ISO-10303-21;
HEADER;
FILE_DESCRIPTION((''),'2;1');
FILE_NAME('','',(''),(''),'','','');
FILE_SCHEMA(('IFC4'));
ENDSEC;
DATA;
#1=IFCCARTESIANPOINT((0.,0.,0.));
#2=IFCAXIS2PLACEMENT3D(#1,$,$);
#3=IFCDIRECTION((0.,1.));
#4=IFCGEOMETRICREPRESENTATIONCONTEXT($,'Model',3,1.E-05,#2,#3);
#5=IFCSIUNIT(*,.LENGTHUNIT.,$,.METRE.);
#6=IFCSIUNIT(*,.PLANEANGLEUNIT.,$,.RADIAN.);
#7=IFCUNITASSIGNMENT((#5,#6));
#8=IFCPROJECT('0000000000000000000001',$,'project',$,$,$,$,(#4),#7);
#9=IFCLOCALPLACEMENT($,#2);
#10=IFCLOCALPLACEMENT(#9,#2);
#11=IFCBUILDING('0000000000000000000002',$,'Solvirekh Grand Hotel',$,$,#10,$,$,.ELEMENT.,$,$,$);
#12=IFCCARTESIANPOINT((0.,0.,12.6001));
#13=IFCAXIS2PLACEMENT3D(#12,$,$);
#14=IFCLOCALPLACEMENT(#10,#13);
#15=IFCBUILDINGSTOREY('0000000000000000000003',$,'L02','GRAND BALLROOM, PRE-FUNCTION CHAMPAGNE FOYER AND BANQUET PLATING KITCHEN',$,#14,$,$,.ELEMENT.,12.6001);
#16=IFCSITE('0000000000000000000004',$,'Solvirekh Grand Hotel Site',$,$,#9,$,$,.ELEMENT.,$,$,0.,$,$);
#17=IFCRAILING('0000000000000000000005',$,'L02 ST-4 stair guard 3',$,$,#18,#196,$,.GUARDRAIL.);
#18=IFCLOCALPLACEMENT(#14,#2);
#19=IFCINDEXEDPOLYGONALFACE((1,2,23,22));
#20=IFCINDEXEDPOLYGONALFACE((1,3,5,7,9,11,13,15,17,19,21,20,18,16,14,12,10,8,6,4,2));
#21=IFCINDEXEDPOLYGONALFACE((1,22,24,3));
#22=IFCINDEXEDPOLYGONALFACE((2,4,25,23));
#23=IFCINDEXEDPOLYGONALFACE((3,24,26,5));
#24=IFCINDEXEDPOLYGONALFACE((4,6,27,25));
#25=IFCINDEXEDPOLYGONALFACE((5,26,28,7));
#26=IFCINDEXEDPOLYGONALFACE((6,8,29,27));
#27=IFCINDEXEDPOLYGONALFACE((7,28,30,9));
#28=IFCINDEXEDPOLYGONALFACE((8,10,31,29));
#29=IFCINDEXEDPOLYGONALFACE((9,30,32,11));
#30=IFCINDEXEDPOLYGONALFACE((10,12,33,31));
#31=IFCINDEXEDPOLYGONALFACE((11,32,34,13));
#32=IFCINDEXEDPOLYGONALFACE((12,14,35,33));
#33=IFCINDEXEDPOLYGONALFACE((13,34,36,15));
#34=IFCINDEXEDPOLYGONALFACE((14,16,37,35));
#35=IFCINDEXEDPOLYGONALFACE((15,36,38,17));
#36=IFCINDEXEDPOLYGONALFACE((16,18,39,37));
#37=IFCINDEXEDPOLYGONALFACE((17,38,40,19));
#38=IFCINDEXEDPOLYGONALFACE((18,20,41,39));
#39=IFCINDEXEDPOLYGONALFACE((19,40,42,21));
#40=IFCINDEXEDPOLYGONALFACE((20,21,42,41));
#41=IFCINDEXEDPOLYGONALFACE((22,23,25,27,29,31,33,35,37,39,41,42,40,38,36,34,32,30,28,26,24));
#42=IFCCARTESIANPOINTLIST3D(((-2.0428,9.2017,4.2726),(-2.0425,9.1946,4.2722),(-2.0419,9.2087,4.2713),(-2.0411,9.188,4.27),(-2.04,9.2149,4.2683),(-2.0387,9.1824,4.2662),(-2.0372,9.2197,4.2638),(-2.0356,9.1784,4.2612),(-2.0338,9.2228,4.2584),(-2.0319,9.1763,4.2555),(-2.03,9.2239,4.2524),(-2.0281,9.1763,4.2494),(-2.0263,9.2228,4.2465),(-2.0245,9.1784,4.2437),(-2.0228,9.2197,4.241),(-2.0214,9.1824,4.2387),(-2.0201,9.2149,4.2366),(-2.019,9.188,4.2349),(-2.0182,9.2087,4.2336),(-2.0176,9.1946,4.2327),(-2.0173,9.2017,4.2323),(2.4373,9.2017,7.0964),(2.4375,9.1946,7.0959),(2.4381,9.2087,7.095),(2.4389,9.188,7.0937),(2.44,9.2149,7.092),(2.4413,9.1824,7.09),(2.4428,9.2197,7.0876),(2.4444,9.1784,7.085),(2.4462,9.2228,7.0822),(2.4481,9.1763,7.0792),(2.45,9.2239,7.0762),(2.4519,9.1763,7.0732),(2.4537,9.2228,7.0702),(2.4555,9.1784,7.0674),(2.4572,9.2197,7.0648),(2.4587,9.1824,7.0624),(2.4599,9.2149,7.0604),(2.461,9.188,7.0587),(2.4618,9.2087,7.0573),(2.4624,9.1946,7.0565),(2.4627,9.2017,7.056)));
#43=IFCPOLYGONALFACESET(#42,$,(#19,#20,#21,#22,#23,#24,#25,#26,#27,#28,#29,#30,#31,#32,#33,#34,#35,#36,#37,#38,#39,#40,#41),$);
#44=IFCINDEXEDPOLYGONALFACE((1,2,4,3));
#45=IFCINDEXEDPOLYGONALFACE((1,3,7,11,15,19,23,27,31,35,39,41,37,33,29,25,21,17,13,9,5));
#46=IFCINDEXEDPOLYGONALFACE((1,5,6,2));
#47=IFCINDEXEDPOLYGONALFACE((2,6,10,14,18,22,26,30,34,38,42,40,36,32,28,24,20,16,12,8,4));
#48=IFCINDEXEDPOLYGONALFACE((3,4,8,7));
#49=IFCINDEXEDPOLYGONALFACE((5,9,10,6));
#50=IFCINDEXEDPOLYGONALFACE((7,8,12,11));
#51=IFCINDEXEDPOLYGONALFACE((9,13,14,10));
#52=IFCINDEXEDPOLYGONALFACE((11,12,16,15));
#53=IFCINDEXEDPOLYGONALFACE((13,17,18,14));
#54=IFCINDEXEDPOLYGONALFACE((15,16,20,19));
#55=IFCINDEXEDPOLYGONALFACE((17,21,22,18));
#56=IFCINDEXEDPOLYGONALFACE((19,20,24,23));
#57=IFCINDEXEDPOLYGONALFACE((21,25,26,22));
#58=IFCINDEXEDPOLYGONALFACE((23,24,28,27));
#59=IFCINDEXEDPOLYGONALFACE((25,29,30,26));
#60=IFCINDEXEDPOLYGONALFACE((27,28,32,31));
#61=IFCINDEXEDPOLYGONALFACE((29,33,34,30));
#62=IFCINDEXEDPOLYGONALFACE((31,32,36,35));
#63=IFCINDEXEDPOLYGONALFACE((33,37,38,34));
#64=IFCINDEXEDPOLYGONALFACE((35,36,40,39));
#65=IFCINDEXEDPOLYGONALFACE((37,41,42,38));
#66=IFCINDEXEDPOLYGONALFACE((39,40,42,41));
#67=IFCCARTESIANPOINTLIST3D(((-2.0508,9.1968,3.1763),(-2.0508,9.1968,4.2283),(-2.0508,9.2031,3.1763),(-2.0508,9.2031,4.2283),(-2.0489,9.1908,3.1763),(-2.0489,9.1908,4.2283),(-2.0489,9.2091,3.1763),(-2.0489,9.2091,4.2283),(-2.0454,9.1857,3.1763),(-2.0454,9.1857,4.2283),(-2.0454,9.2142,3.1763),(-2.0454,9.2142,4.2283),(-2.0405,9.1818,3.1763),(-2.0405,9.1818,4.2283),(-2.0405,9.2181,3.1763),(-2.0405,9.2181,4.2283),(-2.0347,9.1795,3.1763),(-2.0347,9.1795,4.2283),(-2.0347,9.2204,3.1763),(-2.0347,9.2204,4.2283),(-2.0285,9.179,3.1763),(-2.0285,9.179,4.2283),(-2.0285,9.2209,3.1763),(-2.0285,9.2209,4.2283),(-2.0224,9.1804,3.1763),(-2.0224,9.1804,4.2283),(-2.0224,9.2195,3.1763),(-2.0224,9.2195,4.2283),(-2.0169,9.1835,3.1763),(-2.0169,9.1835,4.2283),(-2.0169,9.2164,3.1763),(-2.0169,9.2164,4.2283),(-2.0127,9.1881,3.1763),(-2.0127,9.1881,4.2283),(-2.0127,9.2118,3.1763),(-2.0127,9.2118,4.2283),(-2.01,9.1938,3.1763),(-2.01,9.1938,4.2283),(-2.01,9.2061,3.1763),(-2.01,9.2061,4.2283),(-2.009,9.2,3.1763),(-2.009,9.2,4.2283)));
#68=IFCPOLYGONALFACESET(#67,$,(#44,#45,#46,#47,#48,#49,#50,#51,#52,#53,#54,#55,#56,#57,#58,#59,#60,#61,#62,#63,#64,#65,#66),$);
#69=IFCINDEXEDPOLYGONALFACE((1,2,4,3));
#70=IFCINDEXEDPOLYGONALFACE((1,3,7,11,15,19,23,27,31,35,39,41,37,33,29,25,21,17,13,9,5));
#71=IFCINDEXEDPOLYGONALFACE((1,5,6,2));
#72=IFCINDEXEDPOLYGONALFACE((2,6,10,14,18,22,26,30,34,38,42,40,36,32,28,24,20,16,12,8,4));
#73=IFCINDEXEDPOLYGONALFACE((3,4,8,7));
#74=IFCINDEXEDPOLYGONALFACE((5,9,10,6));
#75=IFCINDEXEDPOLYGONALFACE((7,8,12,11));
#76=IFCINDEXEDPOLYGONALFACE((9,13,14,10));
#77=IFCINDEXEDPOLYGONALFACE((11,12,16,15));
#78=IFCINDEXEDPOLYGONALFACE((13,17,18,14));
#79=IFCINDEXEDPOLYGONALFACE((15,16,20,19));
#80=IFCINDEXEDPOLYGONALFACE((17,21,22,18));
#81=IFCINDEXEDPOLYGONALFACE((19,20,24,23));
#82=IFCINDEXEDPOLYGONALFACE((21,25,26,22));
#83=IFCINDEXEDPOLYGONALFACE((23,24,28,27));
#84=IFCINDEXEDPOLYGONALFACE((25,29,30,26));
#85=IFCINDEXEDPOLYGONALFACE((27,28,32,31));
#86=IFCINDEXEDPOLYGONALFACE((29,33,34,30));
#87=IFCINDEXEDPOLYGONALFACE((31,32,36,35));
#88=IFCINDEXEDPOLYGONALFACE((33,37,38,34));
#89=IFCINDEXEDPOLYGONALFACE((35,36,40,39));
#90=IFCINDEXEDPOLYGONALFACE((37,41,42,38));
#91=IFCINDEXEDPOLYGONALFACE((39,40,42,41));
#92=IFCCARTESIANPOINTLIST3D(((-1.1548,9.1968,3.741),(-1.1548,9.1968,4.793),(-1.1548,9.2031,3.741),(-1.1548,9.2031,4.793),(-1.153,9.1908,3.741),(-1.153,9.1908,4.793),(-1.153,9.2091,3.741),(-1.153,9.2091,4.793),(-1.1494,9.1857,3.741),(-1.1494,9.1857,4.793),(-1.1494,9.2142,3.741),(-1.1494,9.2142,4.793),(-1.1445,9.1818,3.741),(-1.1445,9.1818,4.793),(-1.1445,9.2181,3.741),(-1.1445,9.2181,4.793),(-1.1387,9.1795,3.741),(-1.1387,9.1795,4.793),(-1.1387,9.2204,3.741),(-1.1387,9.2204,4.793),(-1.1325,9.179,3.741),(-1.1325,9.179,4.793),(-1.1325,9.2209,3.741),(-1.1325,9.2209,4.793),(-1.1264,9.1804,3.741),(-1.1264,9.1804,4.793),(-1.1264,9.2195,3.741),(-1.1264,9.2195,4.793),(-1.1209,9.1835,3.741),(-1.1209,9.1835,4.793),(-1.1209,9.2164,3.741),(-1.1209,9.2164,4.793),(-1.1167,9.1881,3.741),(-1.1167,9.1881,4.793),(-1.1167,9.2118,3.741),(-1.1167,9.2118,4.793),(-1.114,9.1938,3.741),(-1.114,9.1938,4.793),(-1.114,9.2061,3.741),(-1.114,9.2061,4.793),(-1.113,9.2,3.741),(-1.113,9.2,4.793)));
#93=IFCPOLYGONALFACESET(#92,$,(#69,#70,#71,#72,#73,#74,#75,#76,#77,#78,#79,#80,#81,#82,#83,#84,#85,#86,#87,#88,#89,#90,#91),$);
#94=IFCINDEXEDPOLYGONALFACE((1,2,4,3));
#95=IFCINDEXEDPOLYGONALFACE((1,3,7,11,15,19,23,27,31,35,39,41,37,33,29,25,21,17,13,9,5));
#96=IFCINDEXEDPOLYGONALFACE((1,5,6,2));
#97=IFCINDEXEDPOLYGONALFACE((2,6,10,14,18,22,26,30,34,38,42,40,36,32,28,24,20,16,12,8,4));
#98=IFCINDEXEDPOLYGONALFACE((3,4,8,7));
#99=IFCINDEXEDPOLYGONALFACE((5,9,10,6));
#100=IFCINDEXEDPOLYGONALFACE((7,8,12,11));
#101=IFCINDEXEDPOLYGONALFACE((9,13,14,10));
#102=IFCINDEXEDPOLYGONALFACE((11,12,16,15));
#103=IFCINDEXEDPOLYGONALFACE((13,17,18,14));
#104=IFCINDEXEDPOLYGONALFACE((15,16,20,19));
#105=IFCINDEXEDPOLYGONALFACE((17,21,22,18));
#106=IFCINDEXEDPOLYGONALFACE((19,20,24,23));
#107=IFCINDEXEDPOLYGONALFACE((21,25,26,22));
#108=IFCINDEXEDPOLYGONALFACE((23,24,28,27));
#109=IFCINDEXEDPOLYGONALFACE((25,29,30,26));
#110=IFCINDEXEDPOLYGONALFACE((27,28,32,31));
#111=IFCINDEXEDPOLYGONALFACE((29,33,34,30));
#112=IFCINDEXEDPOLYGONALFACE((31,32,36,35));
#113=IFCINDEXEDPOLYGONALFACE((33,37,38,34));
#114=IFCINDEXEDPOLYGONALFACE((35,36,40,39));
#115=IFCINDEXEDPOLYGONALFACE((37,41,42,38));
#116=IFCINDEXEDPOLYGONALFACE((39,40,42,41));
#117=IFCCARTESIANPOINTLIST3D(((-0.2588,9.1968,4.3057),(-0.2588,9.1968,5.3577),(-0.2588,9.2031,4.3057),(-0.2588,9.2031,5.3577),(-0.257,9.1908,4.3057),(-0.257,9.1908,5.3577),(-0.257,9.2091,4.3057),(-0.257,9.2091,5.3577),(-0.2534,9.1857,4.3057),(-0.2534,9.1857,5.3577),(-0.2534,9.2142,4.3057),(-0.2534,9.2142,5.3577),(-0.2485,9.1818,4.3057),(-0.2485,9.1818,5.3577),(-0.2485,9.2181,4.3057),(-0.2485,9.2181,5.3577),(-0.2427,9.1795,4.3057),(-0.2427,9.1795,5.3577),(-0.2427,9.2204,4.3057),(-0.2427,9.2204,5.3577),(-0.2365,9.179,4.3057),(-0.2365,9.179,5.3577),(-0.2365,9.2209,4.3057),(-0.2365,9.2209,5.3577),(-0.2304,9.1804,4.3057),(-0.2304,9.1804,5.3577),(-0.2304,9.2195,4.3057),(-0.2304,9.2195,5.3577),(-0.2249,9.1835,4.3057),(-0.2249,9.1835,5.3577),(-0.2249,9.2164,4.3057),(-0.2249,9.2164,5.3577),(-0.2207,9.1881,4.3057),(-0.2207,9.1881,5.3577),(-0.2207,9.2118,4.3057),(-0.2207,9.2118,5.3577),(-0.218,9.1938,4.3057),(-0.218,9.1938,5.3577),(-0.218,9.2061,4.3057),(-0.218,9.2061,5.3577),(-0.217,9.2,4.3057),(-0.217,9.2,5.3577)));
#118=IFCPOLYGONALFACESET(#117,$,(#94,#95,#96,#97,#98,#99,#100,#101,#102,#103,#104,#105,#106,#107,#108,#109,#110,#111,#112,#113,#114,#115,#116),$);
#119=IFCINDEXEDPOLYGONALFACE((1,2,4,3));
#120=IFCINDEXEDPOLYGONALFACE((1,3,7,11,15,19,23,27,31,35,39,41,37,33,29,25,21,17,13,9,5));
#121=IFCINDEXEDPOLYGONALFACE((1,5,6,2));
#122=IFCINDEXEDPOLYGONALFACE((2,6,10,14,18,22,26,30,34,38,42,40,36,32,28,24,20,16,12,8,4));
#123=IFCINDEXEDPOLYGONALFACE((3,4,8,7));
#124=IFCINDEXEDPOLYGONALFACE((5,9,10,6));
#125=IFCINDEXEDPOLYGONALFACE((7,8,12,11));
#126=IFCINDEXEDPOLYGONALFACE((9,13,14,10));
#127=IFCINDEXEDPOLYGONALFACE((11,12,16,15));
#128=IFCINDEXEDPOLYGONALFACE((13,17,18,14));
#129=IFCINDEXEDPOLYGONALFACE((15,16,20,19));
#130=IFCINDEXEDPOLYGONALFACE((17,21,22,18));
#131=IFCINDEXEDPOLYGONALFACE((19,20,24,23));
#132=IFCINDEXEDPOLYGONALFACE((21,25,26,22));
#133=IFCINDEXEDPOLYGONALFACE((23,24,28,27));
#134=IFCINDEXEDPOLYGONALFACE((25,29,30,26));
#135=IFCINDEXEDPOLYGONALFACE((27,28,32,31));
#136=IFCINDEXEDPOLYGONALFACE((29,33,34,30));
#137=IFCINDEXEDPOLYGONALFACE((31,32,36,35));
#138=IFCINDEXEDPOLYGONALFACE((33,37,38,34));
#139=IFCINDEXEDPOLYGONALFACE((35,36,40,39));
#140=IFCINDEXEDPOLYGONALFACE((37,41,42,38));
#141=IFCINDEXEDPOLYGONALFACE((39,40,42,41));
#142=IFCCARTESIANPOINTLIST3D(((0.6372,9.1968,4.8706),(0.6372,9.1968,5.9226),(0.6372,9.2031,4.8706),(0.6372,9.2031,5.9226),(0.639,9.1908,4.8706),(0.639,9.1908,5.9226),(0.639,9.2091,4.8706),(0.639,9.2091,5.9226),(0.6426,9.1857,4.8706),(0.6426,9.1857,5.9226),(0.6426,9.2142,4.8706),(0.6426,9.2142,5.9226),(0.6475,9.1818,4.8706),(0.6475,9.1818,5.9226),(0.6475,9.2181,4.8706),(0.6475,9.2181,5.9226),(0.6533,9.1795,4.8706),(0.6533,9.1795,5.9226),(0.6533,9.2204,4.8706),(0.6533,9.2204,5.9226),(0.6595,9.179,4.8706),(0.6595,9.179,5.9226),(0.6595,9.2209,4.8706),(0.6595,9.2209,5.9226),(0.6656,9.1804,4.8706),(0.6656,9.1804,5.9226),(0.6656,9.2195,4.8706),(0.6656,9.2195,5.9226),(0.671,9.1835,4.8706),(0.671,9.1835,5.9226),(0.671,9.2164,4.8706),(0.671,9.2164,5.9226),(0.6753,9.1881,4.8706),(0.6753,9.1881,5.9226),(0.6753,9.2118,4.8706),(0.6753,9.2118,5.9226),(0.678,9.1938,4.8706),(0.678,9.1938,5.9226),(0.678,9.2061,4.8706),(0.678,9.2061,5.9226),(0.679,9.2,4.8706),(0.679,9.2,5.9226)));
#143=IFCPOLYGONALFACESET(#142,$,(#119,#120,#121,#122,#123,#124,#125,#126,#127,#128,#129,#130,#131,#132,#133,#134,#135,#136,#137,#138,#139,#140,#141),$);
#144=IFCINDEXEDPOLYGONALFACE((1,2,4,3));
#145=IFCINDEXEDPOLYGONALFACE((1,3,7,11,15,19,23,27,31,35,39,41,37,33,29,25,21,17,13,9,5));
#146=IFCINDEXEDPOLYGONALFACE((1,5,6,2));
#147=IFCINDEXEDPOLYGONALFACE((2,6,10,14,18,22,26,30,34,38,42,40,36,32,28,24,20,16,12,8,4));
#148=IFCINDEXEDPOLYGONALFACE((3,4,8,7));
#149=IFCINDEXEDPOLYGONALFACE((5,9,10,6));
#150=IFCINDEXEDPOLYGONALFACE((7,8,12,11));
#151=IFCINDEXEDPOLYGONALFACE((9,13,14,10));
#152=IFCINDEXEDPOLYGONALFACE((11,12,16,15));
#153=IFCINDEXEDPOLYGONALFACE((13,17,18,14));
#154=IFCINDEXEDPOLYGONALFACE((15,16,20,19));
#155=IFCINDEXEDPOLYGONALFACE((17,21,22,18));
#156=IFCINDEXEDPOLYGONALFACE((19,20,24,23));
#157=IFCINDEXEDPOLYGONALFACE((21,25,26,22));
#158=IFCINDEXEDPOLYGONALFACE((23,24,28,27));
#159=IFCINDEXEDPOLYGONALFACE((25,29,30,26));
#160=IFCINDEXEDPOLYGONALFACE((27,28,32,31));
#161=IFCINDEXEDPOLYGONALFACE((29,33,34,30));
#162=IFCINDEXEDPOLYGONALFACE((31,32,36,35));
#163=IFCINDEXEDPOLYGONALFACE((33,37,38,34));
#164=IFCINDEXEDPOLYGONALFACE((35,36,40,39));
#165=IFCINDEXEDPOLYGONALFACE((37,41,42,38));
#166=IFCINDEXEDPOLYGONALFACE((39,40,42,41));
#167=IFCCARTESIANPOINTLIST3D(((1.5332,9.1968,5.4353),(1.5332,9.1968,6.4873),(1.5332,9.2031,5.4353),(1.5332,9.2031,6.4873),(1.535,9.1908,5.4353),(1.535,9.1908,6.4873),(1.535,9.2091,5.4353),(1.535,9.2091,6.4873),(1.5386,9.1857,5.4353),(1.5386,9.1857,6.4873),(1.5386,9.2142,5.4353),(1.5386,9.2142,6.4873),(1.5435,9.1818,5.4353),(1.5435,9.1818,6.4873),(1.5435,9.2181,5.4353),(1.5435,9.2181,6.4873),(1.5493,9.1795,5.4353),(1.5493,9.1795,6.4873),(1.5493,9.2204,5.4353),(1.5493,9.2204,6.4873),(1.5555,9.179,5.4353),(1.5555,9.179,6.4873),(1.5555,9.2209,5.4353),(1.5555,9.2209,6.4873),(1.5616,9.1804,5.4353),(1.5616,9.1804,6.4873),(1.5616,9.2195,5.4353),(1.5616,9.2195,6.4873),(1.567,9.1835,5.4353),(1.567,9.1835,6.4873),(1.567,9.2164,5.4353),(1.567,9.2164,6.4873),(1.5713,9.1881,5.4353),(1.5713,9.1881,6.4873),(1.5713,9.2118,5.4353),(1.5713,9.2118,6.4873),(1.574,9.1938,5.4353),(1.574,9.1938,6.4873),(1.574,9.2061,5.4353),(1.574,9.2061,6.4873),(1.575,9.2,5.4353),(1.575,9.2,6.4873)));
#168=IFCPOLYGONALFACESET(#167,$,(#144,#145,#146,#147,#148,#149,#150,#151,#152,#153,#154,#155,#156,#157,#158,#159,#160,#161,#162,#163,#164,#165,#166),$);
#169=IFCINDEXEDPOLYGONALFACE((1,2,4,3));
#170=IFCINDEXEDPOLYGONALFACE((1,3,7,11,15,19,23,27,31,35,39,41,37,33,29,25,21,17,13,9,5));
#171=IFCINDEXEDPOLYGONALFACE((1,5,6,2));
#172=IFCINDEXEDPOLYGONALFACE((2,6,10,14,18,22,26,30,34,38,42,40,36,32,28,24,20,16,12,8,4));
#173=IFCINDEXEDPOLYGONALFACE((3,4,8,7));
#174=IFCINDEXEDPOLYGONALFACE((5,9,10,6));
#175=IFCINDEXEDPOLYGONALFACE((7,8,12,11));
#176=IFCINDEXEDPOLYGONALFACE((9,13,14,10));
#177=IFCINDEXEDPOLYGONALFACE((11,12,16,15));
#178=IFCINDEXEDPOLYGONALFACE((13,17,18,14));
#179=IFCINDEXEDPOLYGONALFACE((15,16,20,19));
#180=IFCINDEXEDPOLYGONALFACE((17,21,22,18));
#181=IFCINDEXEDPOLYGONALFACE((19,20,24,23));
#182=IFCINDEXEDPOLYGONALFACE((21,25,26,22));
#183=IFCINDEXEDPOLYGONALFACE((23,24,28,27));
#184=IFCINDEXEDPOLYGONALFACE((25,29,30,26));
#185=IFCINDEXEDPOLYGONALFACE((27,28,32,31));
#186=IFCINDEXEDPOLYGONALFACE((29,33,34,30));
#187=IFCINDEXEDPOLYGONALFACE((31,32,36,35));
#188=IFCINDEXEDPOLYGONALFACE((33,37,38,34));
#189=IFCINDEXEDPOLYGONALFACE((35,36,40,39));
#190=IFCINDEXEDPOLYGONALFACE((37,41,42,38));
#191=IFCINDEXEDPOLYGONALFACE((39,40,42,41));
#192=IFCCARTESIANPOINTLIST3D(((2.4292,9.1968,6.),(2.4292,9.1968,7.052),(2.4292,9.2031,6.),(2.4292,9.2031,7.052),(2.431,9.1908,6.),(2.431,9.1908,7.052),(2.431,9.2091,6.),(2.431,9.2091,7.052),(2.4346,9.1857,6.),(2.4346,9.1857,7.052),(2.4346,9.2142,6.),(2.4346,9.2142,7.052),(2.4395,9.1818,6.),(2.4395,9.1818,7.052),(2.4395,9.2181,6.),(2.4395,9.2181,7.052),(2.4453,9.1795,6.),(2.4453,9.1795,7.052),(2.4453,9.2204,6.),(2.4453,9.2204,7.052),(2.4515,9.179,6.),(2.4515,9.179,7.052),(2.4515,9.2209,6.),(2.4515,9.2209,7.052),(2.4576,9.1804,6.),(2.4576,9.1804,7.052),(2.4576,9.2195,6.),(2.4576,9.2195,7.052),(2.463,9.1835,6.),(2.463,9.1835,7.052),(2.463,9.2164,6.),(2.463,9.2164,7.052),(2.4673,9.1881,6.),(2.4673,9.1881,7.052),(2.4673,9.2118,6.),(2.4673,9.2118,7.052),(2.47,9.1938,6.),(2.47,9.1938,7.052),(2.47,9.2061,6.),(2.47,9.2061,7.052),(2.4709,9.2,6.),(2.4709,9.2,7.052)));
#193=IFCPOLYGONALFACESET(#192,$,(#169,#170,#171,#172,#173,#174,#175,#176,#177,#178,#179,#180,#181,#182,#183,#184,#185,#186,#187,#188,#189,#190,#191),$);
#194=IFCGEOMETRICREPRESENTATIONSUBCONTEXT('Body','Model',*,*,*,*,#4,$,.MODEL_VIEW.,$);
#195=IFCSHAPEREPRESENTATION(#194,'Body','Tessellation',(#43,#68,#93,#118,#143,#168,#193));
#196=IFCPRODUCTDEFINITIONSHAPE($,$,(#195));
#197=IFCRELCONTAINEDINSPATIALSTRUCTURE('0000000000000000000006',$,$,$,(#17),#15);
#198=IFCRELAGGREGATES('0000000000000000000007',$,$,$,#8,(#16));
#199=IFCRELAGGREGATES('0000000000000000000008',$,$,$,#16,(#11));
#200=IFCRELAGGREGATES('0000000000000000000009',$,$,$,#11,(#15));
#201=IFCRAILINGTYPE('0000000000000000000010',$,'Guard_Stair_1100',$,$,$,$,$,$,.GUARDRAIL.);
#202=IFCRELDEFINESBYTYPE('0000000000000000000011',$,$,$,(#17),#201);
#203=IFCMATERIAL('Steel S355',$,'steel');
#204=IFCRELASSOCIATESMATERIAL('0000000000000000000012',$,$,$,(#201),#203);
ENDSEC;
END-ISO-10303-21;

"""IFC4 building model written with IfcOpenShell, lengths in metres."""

from ifc_helpers import new_model, si_unit, direction, frame, origin, origin_2d, place, context, subcontext, project, spatial, circle, extrude, material, type_object, element, save


model = new_model("IFC4")

# Units and contexts
model_context = context("Model", 3, precision=1e-05, world=origin(), true_north=direction((0.0, 1.0)))
body_context = subcontext(model_context, "Body", "Model", "MODEL_VIEW")
ifc_project = project(units=[si_unit("LENGTHUNIT", "METRE"), si_unit("PLANEANGLEUNIT", "RADIAN")], contexts=[model_context])

# Site, building, storey
site_placement = place(None, origin())
site = spatial("IfcSite", under=ifc_project, at=site_placement, Name="Solvirekh Grand Hotel Site", CompositionType="ELEMENT", RefElevation=0.0)
building_placement = place(site_placement, origin())
building = spatial("IfcBuilding", under=site, at=building_placement, Name="Solvirekh Grand Hotel", CompositionType="ELEMENT")
storey_placement = place(building_placement, frame((0.0, 0.0, 12.6001)))
storey = spatial("IfcBuildingStorey", under=building, at=storey_placement, Name="L02", Description="GRAND BALLROOM, PRE-FUNCTION CHAMPAGNE FOYER AND BANQUET PLATING KITCHEN", CompositionType="ELEMENT", Elevation=12.6001)

# Shared definitions
ifc_material_1 = material(Name="Steel S355", Category="steel")

# Railing
railing_type_1 = type_object("IfcRailingType", Name="Guard_Stair_1100", PredefinedType="GUARDRAIL", material=ifc_material_1)
railing_1_placement = place(storey_placement, frame((-2.03, 9.2, 3.1763)))
element("IfcRailing", 1, at=railing_1_placement, inside=storey, type_object=railing_type_1, Name="L02 ST-4 stair guard 3", PredefinedType="GUARDRAIL", context=body_context, shape_type="SweptSolid", body=[
    extrude(circle(Radius=0.0239, at=origin_2d()), frame((0.0, 0.0, 1.0762), z_axis=(0.845977, 0.0, 0.533219), x_axis=(0.0, 1.0, 0.0)), (0.0, 0.0, 1.0), 5.2957),
    extrude(circle(Radius=0.021, at=origin_2d()), origin(), (0.0, 0.0, 1.0), 1.052),
    extrude(circle(Radius=0.021, at=origin_2d()), frame((0.896, 0.0, 0.5647)), (0.0, 0.0, 1.0), 1.052),
    extrude(circle(Radius=0.021, at=origin_2d()), frame((1.792, 0.0, 1.1294)), (0.0, 0.0, 1.0), 1.052),
    extrude(circle(Radius=0.021, at=origin_2d()), frame((2.688, 0.0, 1.6943)), (0.0, 0.0, 1.0), 1.052),
    extrude(circle(Radius=0.021, at=origin_2d()), frame((3.584, 0.0, 2.259)), (0.0, 0.0, 1.0), 1.052),
    extrude(circle(Radius=0.021, at=origin_2d()), frame((4.48, 0.0, 2.8237)), (0.0, 0.0, 1.0), 1.052),
])

save(model, "model.ifc")
